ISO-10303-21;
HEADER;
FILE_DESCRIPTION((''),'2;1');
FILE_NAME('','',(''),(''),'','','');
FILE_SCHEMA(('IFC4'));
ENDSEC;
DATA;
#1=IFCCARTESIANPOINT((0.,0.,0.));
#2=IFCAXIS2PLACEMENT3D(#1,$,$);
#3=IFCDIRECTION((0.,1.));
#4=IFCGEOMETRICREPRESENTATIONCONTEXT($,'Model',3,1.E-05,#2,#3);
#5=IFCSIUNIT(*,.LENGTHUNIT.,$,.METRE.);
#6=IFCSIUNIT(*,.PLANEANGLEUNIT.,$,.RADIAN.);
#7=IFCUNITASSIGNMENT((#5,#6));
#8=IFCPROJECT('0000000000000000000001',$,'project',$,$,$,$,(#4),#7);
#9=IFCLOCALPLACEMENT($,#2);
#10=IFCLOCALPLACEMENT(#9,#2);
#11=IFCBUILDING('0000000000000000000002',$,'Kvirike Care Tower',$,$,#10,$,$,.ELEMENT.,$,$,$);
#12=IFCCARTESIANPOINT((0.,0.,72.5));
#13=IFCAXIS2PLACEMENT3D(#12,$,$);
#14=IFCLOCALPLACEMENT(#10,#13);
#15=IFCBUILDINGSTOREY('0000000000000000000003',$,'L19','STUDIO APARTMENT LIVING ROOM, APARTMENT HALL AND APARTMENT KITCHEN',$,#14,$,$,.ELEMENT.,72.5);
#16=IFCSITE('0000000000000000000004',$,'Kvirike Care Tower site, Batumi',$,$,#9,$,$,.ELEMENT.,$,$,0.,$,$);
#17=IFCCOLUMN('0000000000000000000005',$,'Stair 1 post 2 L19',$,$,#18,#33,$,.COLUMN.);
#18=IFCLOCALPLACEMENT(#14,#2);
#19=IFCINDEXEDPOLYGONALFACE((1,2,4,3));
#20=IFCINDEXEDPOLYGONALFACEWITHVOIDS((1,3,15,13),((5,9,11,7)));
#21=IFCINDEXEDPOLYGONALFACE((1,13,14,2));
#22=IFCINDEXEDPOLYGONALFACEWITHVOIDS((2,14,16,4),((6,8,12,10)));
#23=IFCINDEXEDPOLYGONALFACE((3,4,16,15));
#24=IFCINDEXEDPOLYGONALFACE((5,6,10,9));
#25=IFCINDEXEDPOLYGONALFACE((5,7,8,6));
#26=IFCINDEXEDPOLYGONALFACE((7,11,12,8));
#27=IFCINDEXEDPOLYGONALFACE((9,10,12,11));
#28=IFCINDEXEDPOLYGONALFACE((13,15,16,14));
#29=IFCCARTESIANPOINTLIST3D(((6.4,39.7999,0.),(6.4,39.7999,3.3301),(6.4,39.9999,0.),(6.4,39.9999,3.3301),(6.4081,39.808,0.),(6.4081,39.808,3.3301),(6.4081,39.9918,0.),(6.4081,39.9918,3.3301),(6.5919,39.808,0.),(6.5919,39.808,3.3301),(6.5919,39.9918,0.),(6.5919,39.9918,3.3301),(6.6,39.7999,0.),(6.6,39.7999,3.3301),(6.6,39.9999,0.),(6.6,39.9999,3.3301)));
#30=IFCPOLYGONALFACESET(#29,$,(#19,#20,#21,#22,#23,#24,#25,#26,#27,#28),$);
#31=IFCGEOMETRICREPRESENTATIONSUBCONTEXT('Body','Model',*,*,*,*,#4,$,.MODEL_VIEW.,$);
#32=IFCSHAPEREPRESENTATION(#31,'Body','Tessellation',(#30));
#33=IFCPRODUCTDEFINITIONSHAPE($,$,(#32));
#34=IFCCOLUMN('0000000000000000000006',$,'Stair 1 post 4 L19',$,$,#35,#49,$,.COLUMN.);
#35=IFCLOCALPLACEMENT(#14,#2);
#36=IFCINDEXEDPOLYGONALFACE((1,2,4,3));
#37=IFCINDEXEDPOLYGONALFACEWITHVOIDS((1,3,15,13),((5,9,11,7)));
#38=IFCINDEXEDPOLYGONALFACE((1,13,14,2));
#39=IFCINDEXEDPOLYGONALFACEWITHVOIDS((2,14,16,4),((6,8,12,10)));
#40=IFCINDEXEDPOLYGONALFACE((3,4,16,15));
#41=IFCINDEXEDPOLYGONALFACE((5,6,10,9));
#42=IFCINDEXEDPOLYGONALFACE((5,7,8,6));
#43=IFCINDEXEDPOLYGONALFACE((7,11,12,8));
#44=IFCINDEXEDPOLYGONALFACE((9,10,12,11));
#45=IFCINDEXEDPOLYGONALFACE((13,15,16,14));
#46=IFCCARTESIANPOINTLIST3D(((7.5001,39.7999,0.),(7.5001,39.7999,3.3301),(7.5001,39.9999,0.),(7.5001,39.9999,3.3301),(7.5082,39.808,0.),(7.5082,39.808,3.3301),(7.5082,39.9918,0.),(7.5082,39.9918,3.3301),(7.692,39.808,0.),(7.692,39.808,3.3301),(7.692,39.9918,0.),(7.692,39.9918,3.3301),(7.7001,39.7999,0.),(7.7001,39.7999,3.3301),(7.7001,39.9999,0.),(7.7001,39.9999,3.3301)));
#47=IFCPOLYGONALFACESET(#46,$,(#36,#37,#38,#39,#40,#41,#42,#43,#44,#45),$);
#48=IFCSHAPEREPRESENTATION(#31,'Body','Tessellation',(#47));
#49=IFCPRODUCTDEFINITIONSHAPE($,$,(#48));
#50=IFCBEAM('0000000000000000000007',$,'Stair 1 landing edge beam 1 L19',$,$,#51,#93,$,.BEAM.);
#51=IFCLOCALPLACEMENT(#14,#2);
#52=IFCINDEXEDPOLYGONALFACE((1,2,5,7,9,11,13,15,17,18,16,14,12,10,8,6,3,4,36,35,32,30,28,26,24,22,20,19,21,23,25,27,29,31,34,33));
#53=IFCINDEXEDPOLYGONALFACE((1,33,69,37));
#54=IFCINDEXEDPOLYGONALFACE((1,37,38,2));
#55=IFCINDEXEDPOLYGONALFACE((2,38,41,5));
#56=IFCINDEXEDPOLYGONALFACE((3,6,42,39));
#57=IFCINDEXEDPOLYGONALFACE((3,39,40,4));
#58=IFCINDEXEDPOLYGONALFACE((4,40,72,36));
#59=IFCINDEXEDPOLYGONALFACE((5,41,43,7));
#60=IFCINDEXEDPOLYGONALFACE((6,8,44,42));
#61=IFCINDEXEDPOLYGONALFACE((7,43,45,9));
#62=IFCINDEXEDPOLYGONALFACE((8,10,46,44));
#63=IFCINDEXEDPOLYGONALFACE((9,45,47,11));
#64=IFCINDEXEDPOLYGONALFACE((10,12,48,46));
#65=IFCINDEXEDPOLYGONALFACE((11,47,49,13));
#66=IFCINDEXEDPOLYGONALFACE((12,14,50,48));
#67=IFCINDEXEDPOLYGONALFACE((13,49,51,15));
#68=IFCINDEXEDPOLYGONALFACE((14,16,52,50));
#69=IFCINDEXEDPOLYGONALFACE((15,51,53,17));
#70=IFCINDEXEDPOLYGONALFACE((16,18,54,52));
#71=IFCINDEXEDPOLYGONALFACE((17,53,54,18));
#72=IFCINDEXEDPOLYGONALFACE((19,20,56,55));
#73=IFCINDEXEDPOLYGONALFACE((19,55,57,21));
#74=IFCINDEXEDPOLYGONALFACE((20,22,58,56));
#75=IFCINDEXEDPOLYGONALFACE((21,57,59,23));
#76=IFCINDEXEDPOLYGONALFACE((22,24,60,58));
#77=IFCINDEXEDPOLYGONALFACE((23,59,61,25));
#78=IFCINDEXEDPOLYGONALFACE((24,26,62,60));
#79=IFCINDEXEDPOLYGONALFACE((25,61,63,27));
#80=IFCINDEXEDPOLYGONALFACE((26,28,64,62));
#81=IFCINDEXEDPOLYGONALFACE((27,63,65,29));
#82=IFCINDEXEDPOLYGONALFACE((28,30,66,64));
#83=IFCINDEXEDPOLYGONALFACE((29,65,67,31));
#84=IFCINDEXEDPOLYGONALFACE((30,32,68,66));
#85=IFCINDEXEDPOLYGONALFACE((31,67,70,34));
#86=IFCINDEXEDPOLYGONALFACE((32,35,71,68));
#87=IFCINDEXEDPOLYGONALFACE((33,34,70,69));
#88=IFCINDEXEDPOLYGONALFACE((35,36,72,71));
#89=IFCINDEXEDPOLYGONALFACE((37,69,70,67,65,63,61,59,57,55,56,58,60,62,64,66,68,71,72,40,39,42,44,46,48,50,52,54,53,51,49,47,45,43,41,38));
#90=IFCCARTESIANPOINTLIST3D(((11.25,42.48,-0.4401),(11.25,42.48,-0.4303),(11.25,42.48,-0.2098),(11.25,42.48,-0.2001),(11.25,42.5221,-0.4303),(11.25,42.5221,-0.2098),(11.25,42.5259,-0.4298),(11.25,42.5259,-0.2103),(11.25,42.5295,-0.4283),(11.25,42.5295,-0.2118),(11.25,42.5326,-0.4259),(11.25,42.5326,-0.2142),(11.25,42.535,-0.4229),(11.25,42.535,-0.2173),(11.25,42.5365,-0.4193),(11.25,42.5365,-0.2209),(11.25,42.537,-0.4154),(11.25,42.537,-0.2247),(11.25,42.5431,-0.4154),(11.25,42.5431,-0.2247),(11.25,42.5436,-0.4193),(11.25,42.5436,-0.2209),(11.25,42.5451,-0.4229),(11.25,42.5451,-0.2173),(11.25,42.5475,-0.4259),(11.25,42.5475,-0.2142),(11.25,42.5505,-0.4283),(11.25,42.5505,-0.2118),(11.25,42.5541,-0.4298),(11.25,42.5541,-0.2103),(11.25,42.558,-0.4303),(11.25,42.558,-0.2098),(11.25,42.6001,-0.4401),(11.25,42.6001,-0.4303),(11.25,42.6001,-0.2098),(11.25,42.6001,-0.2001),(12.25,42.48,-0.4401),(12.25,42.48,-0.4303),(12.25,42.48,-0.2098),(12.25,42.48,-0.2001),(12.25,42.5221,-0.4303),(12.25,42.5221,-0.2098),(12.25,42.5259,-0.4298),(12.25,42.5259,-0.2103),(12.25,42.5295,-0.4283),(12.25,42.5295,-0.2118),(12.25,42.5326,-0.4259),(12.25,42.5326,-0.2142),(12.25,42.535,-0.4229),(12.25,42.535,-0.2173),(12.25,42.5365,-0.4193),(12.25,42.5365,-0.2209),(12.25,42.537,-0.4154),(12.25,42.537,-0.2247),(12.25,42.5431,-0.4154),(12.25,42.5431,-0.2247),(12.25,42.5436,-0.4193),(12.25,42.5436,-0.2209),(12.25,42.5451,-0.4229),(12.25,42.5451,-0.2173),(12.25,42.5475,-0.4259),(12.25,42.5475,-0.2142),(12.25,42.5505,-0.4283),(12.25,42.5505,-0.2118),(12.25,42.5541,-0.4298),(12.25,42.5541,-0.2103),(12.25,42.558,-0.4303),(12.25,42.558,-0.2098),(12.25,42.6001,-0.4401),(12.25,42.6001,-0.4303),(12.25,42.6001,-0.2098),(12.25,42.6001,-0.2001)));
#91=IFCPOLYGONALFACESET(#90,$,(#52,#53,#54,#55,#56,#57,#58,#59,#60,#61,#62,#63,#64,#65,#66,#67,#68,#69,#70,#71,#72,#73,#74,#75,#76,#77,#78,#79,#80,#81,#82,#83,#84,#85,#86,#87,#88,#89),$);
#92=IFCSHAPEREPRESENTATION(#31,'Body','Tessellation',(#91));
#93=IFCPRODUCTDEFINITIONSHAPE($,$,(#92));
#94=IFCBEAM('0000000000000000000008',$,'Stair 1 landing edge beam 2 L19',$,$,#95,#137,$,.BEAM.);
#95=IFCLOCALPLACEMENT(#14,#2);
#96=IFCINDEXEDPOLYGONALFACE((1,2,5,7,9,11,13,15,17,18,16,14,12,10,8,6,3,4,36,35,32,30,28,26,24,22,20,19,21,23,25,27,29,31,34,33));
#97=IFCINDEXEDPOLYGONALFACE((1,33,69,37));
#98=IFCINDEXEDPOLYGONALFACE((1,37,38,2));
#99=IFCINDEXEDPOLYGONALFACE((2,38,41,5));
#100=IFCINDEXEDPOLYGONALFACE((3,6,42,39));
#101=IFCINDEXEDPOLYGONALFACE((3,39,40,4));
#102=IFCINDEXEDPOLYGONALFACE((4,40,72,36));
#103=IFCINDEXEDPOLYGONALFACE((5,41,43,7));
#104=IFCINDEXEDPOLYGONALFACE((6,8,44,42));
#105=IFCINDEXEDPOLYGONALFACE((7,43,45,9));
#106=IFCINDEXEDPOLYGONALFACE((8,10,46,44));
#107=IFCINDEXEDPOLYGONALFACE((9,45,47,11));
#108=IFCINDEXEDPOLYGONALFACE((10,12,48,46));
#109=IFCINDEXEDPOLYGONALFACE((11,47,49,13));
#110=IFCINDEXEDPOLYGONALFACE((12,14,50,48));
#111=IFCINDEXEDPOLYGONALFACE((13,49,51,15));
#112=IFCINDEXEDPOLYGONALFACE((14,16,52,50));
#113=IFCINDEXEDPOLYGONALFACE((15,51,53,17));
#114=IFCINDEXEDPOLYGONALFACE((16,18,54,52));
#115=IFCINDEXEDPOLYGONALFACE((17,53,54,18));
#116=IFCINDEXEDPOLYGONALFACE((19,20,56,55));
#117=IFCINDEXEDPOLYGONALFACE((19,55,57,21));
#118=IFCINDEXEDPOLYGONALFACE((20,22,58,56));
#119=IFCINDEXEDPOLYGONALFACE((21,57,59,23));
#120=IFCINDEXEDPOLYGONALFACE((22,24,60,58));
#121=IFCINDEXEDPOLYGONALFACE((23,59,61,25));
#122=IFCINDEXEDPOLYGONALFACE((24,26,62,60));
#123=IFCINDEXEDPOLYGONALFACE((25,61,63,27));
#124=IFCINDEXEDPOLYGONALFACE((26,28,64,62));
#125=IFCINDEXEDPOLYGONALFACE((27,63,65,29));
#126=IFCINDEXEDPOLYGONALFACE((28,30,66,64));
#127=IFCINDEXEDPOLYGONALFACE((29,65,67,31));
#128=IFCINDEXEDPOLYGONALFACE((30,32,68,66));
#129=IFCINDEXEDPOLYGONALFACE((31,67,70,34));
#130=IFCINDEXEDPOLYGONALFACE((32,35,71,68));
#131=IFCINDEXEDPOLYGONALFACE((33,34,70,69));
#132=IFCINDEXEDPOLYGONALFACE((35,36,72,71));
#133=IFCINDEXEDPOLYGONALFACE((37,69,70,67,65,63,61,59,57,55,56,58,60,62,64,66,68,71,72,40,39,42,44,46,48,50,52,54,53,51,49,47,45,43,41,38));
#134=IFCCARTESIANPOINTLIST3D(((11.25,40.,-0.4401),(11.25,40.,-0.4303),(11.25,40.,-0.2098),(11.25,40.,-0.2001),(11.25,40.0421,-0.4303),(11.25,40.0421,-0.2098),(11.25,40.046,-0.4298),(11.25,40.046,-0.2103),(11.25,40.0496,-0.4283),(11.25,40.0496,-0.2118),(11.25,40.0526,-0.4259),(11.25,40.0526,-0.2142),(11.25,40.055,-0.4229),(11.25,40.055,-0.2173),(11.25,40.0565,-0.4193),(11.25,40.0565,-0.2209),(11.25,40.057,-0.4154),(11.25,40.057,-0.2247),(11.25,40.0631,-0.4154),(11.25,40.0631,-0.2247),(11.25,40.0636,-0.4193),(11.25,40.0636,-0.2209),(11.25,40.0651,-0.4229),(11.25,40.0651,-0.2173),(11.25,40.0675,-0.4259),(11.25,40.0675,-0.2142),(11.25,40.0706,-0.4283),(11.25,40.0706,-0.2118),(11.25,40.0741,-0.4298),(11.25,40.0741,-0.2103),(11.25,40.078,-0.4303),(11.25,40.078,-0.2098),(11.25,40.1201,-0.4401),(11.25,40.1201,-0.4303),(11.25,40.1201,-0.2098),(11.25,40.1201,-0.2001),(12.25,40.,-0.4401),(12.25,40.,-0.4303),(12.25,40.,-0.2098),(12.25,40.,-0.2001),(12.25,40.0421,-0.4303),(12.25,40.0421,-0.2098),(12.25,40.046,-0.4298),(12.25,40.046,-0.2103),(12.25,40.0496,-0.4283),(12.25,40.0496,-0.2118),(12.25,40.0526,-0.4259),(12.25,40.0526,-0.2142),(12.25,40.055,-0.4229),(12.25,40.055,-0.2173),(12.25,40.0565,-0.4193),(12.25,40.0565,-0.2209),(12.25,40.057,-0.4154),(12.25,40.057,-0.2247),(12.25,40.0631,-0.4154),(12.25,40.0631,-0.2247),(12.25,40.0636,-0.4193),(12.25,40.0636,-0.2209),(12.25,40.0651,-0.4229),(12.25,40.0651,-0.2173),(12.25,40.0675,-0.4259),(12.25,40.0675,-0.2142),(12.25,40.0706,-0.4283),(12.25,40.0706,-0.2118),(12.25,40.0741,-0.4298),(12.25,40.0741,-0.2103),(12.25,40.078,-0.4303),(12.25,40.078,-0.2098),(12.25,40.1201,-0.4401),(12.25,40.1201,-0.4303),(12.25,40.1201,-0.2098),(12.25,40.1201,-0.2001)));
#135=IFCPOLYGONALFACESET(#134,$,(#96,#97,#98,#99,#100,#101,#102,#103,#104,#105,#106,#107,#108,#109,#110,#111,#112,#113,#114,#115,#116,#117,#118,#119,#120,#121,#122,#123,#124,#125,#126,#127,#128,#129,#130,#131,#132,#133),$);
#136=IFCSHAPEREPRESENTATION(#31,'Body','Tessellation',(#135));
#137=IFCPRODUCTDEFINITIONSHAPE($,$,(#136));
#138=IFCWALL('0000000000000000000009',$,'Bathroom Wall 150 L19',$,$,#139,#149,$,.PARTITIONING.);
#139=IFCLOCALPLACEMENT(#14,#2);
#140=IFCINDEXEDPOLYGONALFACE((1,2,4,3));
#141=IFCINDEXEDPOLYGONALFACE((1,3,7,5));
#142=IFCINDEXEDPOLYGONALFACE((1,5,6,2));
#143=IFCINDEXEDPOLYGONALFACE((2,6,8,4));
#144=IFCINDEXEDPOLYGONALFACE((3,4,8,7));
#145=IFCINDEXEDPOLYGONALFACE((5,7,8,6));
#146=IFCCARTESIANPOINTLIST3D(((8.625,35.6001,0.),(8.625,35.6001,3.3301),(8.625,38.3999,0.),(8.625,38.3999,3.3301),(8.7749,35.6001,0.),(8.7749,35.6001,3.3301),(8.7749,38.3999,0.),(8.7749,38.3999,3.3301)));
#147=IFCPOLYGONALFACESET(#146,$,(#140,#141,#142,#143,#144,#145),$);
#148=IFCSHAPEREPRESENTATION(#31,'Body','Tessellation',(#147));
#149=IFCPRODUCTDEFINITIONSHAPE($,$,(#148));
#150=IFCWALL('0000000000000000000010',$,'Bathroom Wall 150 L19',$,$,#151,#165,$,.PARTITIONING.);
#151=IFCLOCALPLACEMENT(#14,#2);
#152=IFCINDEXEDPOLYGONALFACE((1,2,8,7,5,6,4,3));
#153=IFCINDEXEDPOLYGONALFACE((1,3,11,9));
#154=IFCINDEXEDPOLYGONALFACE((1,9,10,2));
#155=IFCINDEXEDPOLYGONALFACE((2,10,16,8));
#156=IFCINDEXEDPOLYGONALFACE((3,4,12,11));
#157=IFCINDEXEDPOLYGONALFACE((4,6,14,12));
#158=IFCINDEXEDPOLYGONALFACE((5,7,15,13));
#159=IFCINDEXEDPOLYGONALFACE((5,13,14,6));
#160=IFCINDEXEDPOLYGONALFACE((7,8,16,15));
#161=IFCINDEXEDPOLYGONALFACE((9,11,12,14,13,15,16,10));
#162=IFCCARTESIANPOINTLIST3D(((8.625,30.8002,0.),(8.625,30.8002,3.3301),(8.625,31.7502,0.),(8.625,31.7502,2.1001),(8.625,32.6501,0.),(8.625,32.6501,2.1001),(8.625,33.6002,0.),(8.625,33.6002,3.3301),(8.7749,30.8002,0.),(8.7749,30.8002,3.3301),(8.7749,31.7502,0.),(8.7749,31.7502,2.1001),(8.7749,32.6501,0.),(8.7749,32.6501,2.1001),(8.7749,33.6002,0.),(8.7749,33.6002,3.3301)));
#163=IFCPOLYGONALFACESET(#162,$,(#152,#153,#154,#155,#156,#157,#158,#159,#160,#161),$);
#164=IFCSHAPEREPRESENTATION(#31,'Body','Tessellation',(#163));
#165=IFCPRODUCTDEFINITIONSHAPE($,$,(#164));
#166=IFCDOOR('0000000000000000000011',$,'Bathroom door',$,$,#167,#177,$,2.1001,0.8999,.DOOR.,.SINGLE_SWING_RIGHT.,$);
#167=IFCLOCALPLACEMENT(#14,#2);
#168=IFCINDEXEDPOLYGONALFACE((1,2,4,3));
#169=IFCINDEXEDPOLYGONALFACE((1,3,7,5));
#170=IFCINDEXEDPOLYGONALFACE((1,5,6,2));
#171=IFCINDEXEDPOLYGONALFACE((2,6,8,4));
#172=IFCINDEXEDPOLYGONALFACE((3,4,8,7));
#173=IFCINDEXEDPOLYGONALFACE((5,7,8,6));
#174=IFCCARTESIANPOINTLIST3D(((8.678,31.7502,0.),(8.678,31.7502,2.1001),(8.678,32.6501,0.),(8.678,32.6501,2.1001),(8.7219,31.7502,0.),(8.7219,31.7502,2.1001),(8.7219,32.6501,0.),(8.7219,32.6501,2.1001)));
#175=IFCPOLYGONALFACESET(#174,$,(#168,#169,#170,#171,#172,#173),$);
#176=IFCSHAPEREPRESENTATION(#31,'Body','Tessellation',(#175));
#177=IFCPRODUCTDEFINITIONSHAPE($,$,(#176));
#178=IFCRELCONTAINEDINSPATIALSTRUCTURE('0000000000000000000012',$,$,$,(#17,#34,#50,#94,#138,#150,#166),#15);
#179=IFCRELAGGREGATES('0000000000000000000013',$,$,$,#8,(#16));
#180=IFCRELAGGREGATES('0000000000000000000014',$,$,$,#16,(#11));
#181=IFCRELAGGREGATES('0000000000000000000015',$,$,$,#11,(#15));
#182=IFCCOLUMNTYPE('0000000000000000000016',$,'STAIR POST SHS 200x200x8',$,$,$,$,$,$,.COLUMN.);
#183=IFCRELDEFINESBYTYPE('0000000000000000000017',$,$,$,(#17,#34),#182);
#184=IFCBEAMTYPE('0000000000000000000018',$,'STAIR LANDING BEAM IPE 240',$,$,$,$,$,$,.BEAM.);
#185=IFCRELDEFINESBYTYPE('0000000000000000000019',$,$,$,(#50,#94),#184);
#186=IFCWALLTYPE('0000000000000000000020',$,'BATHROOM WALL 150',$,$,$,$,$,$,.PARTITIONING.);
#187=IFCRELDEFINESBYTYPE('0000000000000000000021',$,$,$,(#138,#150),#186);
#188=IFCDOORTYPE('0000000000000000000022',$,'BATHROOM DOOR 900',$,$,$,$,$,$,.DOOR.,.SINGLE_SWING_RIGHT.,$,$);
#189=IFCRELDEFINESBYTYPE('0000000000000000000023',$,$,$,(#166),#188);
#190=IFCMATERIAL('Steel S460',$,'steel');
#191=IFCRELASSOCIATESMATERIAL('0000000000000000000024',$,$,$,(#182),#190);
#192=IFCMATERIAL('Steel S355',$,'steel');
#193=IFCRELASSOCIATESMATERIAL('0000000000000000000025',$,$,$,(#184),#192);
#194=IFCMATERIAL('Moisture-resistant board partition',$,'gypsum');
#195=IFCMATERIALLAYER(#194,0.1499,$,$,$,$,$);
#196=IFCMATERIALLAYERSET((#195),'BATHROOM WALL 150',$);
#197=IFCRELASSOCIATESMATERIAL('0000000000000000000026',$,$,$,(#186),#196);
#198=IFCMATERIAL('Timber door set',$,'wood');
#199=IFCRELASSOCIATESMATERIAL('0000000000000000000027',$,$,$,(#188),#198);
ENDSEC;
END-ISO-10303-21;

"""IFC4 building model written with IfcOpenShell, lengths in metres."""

from ifc_helpers import new_model, si_unit, direction, frame, frame_2d, origin, origin_2d, place, context, subcontext, project, spatial, rectangle, hollow_rectangle, i_section, extrude, material, layer, layer_set, material_profile, profile_set, type_object, element, fill, save


model = new_model("IFC4")

# Units and contexts
model_context = context("Model", 3, precision=1e-05, world=origin(), true_north=direction((0.0, 1.0)))
body_context = subcontext(model_context, "Body", "Model", "MODEL_VIEW")
ifc_project = project(units=[si_unit("LENGTHUNIT", "METRE"), si_unit("PLANEANGLEUNIT", "RADIAN")], contexts=[model_context])

# Site, building, storey
site_placement = place(None, origin())
site = spatial("IfcSite", under=ifc_project, at=site_placement, Name="Kvirike Care Tower site, Batumi", CompositionType="ELEMENT", RefElevation=0.0)
building_placement = place(site_placement, origin())
building = spatial("IfcBuilding", under=site, at=building_placement, Name="Kvirike Care Tower", CompositionType="ELEMENT")
storey_placement = place(building_placement, frame((0.0, 0.0, 72.5)))
storey = spatial("IfcBuildingStorey", under=building, at=storey_placement, Name="L19", Description="STUDIO APARTMENT LIVING ROOM, APARTMENT HALL AND APARTMENT KITCHEN", CompositionType="ELEMENT", Elevation=72.5)

# Columns
ifc_material_1 = material(Name="Steel S460", Category="steel")
ifc_material_profile_1 = material_profile(ifc_material_1, hollow_rectangle(XDim=0.2, YDim=0.2, WallThickness=0.0081, at=origin_2d()), Name="SHS 200x200x8")
ifc_profile_set_1 = profile_set([ifc_material_profile_1], Name="Steel S460")
column_type = type_object("IfcColumnType", Name="STAIR POST SHS 200x200x8", PredefinedType="COLUMN", material=ifc_profile_set_1)
for number, where, z_axis, x_axis, name in (
    (1, (6.5, 39.8999, 0.0), (0.0, 0.0, 1.0), (1.0, 0.0, 0.0), "Stair 1 post 2 L19"),
    (2, (7.6001, 39.8999, 0.0), (0.0, 0.0, 1.0), (1.0, 0.0, 0.0), "Stair 1 post 4 L19"),
):
    element("IfcColumn", number, at=place(storey_placement, frame(where, z_axis=z_axis, x_axis=x_axis)), inside=storey, type_object=column_type, Name=name, PredefinedType="COLUMN", context=body_context, shape_type="SweptSolid", body=[
        extrude(hollow_rectangle(XDim=0.2, YDim=0.2, WallThickness=0.0081, at=origin_2d()), origin(), (0.0, 0.0, 1.0), 3.3301),
    ])

# Beams
ifc_material_2 = material(Name="Steel S355", Category="steel")
ifc_material_profile_2 = material_profile(ifc_material_2, i_section(OverallWidth=0.1201, OverallDepth=0.24, WebThickness=0.0061, FlangeThickness=0.0098, FilletRadius=0.0149, at=origin_2d()), Name="IPE 240")
ifc_profile_set_2 = profile_set([ifc_material_profile_2], Name="Steel S355")
beam_type = type_object("IfcBeamType", Name="STAIR LANDING BEAM IPE 240", PredefinedType="BEAM", material=ifc_profile_set_2)
for number, where, z_axis, x_axis, name in (
    (3, (11.25, 42.54, -0.3201), (1.0, 0.0, 0.0), (0.0, 1.0, 0.0), "Stair 1 landing edge beam 1 L19"),
    (4, (11.25, 40.0601, -0.3201), (1.0, 0.0, 0.0), (0.0, 1.0, 0.0), "Stair 1 landing edge beam 2 L19"),
):
    element("IfcBeam", number, at=place(storey_placement, frame(where, z_axis=z_axis, x_axis=x_axis)), inside=storey, type_object=beam_type, Name=name, PredefinedType="BEAM", context=body_context, shape_type="SweptSolid", body=[
        extrude(i_section(OverallWidth=0.1201, OverallDepth=0.24, WebThickness=0.0061, FlangeThickness=0.0098, FilletRadius=0.0149, at=origin_2d()), origin(), (0.0, 0.0, 1.0), 1.0),
    ])

# Wall
ifc_material_3 = material(Name="Moisture-resistant board partition", Category="gypsum")
ifc_layer_1 = layer(ifc_material_3, 0.1499)
ifc_layer_set_1 = layer_set([ifc_layer_1], Name="BATHROOM WALL 150")
wall_type_1 = type_object("IfcWallType", Name="BATHROOM WALL 150", PredefinedType="PARTITIONING", material=ifc_layer_set_1)
wall_1_placement = place(storey_placement, frame((8.7, 38.3999, 0.0), z_axis=(0.0, 0.0, 1.0), x_axis=(0.0, -1.0, 0.0)))
element("IfcWall", 5, at=wall_1_placement, inside=storey, type_object=wall_type_1, Name="Bathroom Wall 150 L19", PredefinedType="PARTITIONING", context=body_context, shape_type="SweptSolid", body=[
    extrude(rectangle(XDim=2.7998, YDim=0.1499, at=frame_2d((1.3999, 0.0))), origin(), (0.0, 0.0, 1.0), 3.3301),
])

# Wall, opening, door
wall_2_placement = place(storey_placement, frame((8.7, 33.6001, 0.0), z_axis=(0.0, 0.0, 1.0), x_axis=(0.0, -1.0, 0.0)))
wall_2 = element("IfcWall", 6, at=wall_2_placement, inside=storey, type_object=wall_type_1, Name="Bathroom Wall 150 L19", PredefinedType="PARTITIONING", context=body_context, shape_type="SweptSolid", body=[
    extrude(rectangle(XDim=2.8, YDim=0.1499, at=frame_2d((1.3999, 0.0))), origin(), (0.0, 0.0, 1.0), 3.3301),
])
opening_1_placement = place(wall_2_placement, frame((0.95, 0.0, 0.0)))
opening_1 = element("IfcOpeningElement", 7, at=opening_1_placement, cuts=wall_2, PredefinedType="OPENING", context=body_context, shape_type="SweptSolid", body=[
    extrude(rectangle(XDim=0.8999, YDim=2.1001, at=frame_2d((0.45, 1.05))), frame((0.0, 0.0854, 0.0), z_axis=(0.0, -1.0, 0.0), x_axis=(1.0, 0.0, 0.0)), (0.0, 0.0, 1.0), 0.1709),
])
ifc_material_4 = material(Name="Timber door set", Category="wood")
door_type_1 = type_object("IfcDoorType", Name="BATHROOM DOOR 900", OperationType="SINGLE_SWING_RIGHT", PredefinedType="DOOR", material=ifc_material_4)
door_1_placement = place(opening_1_placement, frame((0.8999, 0.0, 0.0), z_axis=(0.0, 0.0, 1.0), x_axis=(-1.0, 0.0, 0.0)))
door_1 = element("IfcDoor", 8, at=door_1_placement, inside=storey, type_object=door_type_1, Name="Bathroom door", OperationType="SINGLE_SWING_RIGHT", OverallHeight=2.1001, OverallWidth=0.8999, PredefinedType="DOOR", context=body_context, shape_type="SweptSolid", body=[
    extrude(rectangle(XDim=0.8999, YDim=2.1001, at=frame_2d((0.45, 1.05))), frame((0.0, 0.022, 0.0), z_axis=(0.0, -1.0, 0.0), x_axis=(1.0, 0.0, 0.0)), (0.0, 0.0, 1.0), 0.0439),
])
fill(opening_1, door_1)

save(model, "model.ifc")
